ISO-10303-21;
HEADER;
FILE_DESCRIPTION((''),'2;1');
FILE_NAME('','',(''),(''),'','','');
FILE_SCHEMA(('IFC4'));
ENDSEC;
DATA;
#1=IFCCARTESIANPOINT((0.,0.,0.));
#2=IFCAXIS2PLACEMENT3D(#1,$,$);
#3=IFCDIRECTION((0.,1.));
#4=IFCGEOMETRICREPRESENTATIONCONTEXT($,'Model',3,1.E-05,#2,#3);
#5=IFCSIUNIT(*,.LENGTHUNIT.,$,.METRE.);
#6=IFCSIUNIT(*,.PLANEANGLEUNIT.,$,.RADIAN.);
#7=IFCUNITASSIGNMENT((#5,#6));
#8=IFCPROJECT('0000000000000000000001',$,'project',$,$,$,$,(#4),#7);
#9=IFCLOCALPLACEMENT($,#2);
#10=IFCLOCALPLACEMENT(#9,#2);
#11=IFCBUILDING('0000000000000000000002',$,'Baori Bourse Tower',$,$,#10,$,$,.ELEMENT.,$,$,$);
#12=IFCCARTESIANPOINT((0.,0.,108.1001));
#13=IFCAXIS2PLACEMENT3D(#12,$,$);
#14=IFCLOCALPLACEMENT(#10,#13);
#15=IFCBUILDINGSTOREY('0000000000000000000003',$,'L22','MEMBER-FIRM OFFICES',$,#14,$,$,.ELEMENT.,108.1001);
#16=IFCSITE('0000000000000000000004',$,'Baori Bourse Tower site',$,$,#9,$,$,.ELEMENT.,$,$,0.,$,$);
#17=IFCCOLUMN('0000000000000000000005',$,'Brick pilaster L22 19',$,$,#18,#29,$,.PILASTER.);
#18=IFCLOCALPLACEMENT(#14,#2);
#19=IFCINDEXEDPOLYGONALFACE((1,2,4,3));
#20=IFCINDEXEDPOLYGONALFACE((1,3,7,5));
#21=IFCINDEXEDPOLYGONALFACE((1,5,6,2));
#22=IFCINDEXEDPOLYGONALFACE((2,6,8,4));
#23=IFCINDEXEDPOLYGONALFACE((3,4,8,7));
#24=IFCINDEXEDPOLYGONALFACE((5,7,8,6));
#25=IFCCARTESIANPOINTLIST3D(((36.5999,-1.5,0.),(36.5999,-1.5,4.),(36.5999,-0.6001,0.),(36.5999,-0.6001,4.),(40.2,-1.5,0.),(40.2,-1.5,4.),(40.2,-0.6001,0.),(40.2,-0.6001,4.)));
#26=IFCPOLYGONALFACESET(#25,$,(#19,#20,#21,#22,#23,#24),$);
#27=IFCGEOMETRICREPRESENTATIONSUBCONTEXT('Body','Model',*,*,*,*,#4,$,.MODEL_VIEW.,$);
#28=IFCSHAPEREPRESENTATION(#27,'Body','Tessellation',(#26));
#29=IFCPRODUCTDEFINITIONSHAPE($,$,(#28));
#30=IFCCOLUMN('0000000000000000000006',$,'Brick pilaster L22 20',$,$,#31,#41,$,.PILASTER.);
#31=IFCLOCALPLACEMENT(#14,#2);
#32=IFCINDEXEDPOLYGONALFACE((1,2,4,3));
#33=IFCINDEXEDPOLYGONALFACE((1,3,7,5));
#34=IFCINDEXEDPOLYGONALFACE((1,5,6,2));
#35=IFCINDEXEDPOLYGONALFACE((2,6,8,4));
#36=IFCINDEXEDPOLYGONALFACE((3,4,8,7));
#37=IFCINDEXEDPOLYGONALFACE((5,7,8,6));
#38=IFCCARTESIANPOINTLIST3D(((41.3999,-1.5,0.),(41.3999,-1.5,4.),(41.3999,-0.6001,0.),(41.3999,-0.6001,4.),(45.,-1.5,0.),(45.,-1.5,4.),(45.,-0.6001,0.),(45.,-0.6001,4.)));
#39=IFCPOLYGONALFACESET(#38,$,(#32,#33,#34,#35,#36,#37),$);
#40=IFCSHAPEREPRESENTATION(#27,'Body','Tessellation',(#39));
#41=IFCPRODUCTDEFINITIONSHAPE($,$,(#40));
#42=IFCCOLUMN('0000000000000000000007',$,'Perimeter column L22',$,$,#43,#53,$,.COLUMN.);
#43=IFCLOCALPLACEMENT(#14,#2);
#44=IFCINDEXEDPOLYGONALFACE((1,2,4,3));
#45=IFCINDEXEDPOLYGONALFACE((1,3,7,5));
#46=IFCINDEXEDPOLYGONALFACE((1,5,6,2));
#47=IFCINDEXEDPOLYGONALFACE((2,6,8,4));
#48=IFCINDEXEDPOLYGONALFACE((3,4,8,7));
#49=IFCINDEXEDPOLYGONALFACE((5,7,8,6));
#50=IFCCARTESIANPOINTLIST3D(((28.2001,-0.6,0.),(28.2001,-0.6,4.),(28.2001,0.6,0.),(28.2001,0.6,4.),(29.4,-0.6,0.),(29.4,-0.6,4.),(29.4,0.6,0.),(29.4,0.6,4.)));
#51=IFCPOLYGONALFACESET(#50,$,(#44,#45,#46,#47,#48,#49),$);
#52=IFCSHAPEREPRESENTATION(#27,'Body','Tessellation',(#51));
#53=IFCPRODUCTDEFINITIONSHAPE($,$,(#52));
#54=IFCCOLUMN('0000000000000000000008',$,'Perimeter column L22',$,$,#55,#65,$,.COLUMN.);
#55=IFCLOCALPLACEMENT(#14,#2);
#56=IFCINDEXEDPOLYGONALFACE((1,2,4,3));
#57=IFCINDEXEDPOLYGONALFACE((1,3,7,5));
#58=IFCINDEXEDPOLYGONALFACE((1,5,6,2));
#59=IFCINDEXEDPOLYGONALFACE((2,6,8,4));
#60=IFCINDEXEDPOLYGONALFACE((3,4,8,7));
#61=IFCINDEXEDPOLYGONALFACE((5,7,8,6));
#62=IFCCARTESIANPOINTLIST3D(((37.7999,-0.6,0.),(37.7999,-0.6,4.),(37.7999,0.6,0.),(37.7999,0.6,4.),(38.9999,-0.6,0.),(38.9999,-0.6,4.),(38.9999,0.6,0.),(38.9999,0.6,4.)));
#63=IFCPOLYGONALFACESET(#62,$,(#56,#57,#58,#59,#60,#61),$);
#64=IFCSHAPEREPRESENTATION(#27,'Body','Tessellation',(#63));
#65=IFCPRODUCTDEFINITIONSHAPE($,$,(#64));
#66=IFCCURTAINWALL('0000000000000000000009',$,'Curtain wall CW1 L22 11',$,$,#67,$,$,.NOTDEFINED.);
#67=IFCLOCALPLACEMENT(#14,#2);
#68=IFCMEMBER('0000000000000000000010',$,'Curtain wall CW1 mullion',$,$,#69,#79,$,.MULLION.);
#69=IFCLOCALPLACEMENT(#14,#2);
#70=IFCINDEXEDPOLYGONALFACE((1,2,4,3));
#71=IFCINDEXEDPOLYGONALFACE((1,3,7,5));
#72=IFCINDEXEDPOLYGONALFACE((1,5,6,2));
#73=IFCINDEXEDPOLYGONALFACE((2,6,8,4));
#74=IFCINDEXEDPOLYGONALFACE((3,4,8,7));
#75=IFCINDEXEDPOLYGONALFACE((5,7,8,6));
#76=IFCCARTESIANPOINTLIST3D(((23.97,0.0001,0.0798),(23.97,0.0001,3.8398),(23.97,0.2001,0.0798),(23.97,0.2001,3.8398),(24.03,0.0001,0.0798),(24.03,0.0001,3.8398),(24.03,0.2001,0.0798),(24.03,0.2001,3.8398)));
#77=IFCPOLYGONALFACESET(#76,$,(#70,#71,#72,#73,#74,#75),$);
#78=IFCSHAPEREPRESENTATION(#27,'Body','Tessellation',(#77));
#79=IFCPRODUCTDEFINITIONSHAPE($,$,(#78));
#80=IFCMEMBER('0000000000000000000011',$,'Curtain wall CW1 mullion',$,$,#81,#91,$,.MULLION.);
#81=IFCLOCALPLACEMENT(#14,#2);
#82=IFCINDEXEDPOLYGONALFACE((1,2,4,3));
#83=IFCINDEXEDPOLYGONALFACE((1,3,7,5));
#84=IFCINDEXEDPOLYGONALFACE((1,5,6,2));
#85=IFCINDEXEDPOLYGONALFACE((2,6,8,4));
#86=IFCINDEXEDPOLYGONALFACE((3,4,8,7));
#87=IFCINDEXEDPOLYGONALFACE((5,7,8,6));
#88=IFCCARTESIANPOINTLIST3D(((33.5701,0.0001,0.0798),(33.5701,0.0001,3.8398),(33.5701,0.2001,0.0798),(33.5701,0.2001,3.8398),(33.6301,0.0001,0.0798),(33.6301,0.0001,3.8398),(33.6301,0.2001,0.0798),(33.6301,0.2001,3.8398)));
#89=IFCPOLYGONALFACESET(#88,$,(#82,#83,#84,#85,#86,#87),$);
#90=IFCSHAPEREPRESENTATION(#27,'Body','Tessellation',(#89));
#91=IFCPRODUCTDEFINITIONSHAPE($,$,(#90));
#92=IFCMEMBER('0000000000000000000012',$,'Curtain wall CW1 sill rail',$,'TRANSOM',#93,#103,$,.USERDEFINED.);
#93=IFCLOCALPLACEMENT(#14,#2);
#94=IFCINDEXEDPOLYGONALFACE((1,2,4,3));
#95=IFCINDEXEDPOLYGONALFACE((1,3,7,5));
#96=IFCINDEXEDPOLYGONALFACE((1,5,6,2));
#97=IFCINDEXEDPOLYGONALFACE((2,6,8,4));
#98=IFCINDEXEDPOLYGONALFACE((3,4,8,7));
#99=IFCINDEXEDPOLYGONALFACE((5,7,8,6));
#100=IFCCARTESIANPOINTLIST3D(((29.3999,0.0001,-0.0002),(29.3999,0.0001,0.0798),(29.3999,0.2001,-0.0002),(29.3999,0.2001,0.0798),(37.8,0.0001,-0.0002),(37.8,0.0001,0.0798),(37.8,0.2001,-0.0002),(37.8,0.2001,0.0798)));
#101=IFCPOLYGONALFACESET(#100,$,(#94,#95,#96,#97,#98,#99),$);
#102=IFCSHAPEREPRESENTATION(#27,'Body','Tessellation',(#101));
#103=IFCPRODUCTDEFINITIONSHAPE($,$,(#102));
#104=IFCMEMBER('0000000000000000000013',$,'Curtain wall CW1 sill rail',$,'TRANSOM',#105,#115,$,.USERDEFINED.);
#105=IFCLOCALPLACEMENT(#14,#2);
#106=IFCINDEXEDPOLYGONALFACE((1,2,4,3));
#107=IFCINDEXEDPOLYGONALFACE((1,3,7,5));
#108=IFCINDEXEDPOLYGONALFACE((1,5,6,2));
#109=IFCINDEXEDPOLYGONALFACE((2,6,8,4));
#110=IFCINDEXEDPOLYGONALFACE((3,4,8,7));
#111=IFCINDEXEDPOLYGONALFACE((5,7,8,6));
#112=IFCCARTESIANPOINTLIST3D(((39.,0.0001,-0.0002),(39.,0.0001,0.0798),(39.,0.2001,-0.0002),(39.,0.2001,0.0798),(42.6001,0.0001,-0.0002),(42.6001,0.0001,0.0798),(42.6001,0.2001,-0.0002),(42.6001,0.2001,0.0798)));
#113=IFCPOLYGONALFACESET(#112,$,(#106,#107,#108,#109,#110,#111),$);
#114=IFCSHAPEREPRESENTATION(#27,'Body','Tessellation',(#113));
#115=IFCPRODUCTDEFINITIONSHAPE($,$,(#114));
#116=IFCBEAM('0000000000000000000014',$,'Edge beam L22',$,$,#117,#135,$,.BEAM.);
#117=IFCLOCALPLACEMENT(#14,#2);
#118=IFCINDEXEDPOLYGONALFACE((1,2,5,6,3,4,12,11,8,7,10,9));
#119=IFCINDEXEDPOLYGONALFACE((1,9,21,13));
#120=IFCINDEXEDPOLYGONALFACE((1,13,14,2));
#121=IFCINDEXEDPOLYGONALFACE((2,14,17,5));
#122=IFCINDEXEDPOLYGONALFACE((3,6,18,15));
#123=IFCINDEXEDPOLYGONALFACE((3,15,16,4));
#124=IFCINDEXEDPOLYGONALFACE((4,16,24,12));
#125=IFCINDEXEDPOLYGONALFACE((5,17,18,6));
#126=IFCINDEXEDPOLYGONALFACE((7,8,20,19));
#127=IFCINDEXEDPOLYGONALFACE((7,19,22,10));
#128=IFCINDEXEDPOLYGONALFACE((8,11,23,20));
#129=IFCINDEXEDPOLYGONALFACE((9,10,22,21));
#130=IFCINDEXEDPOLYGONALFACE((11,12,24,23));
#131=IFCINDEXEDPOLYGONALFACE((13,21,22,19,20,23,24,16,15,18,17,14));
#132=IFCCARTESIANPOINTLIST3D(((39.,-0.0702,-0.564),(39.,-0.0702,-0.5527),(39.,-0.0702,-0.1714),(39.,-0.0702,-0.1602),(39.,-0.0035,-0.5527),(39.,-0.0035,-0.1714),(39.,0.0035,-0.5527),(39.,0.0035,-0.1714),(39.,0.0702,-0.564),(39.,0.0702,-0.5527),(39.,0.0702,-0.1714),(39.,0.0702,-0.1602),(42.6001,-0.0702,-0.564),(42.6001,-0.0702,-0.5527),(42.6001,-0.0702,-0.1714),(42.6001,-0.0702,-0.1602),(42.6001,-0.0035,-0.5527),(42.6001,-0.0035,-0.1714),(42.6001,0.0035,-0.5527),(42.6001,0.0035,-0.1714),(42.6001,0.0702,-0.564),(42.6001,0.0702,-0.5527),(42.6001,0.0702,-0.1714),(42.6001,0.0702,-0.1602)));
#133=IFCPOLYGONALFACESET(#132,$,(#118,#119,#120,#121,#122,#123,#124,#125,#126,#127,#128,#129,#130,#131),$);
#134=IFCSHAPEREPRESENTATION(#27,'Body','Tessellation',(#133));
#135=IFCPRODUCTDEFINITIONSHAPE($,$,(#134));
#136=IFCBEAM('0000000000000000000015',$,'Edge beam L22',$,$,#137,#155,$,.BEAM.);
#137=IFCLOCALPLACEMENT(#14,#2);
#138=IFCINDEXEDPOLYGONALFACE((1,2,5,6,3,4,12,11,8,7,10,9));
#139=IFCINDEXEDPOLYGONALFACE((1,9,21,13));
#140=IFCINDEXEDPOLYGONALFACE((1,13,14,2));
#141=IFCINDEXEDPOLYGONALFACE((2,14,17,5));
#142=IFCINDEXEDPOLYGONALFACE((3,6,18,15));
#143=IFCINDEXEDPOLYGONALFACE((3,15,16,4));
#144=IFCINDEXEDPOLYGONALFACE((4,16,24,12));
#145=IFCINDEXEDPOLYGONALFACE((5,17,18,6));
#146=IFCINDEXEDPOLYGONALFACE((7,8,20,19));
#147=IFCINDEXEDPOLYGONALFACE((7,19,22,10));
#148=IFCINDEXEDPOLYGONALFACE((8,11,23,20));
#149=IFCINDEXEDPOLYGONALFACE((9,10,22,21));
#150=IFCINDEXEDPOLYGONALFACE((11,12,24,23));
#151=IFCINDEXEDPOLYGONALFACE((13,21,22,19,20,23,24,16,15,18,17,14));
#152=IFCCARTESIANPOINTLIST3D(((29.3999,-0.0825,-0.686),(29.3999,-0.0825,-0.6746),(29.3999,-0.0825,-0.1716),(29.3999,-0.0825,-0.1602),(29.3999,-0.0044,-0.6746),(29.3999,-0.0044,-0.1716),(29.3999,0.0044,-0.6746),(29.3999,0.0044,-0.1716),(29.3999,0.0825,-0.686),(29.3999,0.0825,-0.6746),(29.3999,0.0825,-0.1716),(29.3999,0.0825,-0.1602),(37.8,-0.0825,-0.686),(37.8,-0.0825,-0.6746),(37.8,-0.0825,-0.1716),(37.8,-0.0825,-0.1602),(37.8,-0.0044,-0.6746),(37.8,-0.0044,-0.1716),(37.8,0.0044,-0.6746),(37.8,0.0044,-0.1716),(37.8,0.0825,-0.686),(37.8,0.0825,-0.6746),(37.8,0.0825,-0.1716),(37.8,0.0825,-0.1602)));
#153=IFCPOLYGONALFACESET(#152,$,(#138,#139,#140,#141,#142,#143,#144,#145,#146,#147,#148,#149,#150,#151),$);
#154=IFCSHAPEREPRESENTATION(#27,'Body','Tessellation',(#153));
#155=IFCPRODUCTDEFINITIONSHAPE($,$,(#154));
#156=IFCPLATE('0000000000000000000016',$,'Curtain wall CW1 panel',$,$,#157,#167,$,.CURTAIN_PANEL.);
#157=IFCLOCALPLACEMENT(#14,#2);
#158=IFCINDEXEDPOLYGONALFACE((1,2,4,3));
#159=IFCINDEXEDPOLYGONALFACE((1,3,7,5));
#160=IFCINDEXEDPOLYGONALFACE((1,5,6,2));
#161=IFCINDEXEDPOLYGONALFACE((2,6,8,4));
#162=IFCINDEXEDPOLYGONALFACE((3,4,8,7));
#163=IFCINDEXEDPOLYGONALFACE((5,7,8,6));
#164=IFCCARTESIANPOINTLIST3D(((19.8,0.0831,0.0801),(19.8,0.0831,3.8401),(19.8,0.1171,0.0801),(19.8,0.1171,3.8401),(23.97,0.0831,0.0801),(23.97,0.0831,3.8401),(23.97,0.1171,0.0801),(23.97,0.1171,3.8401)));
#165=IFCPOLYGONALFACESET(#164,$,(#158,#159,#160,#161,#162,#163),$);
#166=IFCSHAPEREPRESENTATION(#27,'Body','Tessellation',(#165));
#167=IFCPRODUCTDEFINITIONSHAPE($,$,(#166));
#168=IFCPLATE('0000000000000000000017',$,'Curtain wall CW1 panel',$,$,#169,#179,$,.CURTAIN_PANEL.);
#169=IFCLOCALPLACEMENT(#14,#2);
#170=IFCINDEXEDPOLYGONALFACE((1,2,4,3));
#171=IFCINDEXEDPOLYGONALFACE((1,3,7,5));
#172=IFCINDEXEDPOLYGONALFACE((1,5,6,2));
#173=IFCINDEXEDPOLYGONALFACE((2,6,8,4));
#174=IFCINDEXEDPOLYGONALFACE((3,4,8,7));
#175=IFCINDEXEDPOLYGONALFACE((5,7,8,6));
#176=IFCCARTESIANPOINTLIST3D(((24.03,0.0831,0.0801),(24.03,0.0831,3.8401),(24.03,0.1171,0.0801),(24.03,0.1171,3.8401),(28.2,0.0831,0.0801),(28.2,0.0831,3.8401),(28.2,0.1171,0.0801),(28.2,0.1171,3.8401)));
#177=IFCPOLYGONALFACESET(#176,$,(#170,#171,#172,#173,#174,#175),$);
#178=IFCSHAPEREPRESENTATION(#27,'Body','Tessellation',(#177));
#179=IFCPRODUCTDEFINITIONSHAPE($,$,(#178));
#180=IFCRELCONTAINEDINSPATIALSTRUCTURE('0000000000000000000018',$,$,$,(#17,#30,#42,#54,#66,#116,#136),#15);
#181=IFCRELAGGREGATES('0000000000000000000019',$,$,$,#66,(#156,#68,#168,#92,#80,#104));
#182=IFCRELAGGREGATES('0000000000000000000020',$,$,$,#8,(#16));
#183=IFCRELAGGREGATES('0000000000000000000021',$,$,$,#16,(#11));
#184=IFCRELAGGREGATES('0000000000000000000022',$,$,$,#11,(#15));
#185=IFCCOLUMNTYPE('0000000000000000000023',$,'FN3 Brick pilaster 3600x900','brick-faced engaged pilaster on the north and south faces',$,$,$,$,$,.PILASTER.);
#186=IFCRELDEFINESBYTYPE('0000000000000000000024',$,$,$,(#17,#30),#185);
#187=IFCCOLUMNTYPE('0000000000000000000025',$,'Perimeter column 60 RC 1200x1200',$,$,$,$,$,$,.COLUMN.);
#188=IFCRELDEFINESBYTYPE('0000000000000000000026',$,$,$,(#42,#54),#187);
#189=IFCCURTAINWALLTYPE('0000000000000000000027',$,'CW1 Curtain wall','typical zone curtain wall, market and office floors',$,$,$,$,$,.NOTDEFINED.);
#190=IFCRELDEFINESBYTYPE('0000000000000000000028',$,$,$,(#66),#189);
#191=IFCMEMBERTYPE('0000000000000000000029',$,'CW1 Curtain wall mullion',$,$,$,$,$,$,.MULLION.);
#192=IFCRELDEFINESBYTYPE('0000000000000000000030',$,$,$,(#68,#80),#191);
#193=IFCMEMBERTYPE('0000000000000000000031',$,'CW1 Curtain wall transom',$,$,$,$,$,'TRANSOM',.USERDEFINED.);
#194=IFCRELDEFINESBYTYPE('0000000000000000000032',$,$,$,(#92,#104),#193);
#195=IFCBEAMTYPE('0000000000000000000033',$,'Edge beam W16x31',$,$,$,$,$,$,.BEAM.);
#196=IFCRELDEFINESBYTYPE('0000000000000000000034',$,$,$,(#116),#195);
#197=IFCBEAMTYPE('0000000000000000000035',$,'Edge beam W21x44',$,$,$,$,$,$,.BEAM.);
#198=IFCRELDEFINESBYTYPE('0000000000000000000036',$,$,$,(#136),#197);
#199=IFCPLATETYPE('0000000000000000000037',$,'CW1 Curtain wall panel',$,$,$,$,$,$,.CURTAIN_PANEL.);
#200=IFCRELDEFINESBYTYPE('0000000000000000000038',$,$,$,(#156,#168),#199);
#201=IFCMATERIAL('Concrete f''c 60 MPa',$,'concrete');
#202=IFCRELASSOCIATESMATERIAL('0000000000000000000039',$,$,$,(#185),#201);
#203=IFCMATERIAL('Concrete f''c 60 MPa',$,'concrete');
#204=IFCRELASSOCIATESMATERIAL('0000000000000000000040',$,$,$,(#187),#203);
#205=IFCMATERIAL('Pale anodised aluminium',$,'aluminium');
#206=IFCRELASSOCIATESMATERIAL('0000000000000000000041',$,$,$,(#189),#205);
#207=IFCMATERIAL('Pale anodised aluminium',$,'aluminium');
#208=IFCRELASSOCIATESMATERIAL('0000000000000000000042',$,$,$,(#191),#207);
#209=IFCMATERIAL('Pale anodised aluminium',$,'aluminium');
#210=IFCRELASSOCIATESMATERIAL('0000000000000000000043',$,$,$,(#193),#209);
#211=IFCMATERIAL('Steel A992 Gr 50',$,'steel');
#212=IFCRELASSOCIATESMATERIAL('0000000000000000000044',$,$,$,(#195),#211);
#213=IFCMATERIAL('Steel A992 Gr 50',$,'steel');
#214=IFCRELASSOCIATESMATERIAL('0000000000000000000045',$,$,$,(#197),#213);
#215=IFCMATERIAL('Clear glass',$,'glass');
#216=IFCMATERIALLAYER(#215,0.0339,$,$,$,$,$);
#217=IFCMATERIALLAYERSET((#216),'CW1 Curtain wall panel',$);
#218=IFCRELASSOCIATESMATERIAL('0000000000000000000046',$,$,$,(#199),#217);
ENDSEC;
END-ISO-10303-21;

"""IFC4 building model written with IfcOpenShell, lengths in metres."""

from ifc_helpers import new_model, si_unit, direction, frame, origin, origin_2d, place, context, subcontext, project, spatial, rectangle, i_section, extrude, material, layer, layer_set, material_profile, profile_set, type_object, element, aggregate, save


model = new_model("IFC4")

# Units and contexts
model_context = context("Model", 3, precision=1e-05, world=origin(), true_north=direction((0.0, 1.0)))
body_context = subcontext(model_context, "Body", "Model", "MODEL_VIEW")
ifc_project = project(units=[si_unit("LENGTHUNIT", "METRE"), si_unit("PLANEANGLEUNIT", "RADIAN")], contexts=[model_context])

# Site, building, storey
site_placement = place(None, origin())
site = spatial("IfcSite", under=ifc_project, at=site_placement, Name="Baori Bourse Tower site", CompositionType="ELEMENT", RefElevation=0.0)
building_placement = place(site_placement, origin())
building = spatial("IfcBuilding", under=site, at=building_placement, Name="Baori Bourse Tower", CompositionType="ELEMENT")
storey_placement = place(building_placement, frame((0.0, 0.0, 108.1001)))
storey = spatial("IfcBuildingStorey", under=building, at=storey_placement, Name="L22", Description="MEMBER-FIRM OFFICES", CompositionType="ELEMENT", Elevation=108.1001)

# Columns
ifc_material_1 = material(Name="Concrete f'c 60 MPa", Category="concrete")
ifc_material_profile_1 = material_profile(ifc_material_1, rectangle(XDim=3.6001, YDim=0.8999, at=origin_2d()), Name="RC 3600x900")
ifc_profile_set_1 = profile_set([ifc_material_profile_1], Name="Concrete f'c 60 MPa")
column_type_1 = type_object("IfcColumnType", Name="FN3 Brick pilaster 3600x900", Description="brick-faced engaged pilaster on the north and south faces", PredefinedType="PILASTER", material=ifc_profile_set_1)
for number, where, z_axis, x_axis, name in (
    (1, (38.3999, -1.05, 0.0), (0.0, 0.0, 1.0), (1.0, 0.0, 0.0), "Brick pilaster L22 19"),
    (2, (43.2, -1.05, 0.0), (0.0, 0.0, 1.0), (1.0, 0.0, 0.0), "Brick pilaster L22 20"),
):
    element("IfcColumn", number, at=place(storey_placement, frame(where, z_axis=z_axis, x_axis=x_axis)), inside=storey, type_object=column_type_1, Name=name, PredefinedType="PILASTER", context=body_context, shape_type="SweptSolid", body=[
        extrude(rectangle(XDim=3.6001, YDim=0.8999, at=origin_2d()), origin(), (0.0, 0.0, 1.0), 4.0),
    ])
ifc_material_2 = material(Name="Concrete f'c 60 MPa", Category="concrete")
ifc_material_profile_2 = material_profile(ifc_material_2, rectangle(XDim=1.2, YDim=1.2, at=origin_2d()), Name="RC 1200x1200")
ifc_profile_set_2 = profile_set([ifc_material_profile_2], Name="Concrete f'c 60 MPa")
column_type_2 = type_object("IfcColumnType", Name="Perimeter column 60 RC 1200x1200", PredefinedType="COLUMN", material=ifc_profile_set_2)
for number, where, z_axis, x_axis, name in (
    (3, (28.8, 0.0, 0.0), (0.0, 0.0, 1.0), (1.0, 0.0, 0.0), "Perimeter column L22"),
    (4, (38.3999, 0.0, 0.0), (0.0, 0.0, 1.0), (1.0, 0.0, 0.0), "Perimeter column L22"),
):
    element("IfcColumn", number, at=place(storey_placement, frame(where, z_axis=z_axis, x_axis=x_axis)), inside=storey, type_object=column_type_2, Name=name, PredefinedType="COLUMN", context=body_context, shape_type="SweptSolid", body=[
        extrude(rectangle(XDim=1.2, YDim=1.2, at=origin_2d()), origin(), (0.0, 0.0, 1.0), 4.0),
    ])

# Curtain wall, members
ifc_material_3 = material(Name="Pale anodised aluminium", Category="aluminium")
curtain_wall_type = type_object("IfcCurtainWallType", Name="CW1 Curtain wall", Description="typical zone curtain wall, market and office floors", PredefinedType="NOTDEFINED", material=ifc_material_3)
curtain_wall_placement = place(storey_placement, origin())
curtain_wall = element("IfcCurtainWall", 5, at=curtain_wall_placement, inside=storey, type_object=curtain_wall_type, Name="Curtain wall CW1 L22 11", PredefinedType="NOTDEFINED")
ifc_material_4 = material(Name="Pale anodised aluminium", Category="aluminium")
ifc_material_profile_3 = material_profile(ifc_material_4, rectangle(XDim=0.2, YDim=0.0601, at=origin_2d()), Name="Mullion 60x200")
ifc_profile_set_3 = profile_set([ifc_material_profile_3], Name="Pale anodised aluminium")
member_type_1 = type_object("IfcMemberType", Name="CW1 Curtain wall mullion", PredefinedType="MULLION", material=ifc_profile_set_3)
member_1_placement = place(storey_placement, frame((24.0, 0.1001, 0.0798), z_axis=(0.0, 0.0, 1.0), x_axis=(0.0, 1.0, 0.0)))
member_1 = element("IfcMember", 6, at=member_1_placement, type_object=member_type_1, Name="Curtain wall CW1 mullion", PredefinedType="MULLION", context=body_context, shape_type="SweptSolid", body=[
    extrude(rectangle(XDim=0.2, YDim=0.0601, at=origin_2d()), origin(), (0.0, 0.0, 1.0), 3.76),
])
member_2_placement = place(storey_placement, frame((33.6001, 0.1001, 0.0798), z_axis=(0.0, 0.0, 1.0), x_axis=(0.0, 1.0, 0.0)))
member_2 = element("IfcMember", 7, at=member_2_placement, type_object=member_type_1, Name="Curtain wall CW1 mullion", PredefinedType="MULLION", context=body_context, shape_type="SweptSolid", body=[
    extrude(rectangle(XDim=0.2, YDim=0.0601, at=origin_2d()), origin(), (0.0, 0.0, 1.0), 3.76),
])
ifc_material_5 = material(Name="Pale anodised aluminium", Category="aluminium")
ifc_material_profile_4 = material_profile(ifc_material_5, rectangle(XDim=0.2, YDim=0.0801, at=origin_2d()), Name="Transom 80x200")
ifc_profile_set_4 = profile_set([ifc_material_profile_4], Name="Pale anodised aluminium")
member_type_2 = type_object("IfcMemberType", Name="CW1 Curtain wall transom", ElementType="TRANSOM", PredefinedType="USERDEFINED", material=ifc_profile_set_4)
member_3_placement = place(storey_placement, frame((29.3999, 0.1001, 0.0398), z_axis=(1.0, 0.0, 0.0), x_axis=(0.0, 1.0, 0.0)))
member_3 = element("IfcMember", 8, at=member_3_placement, type_object=member_type_2, Name="Curtain wall CW1 sill rail", ObjectType="TRANSOM", PredefinedType="USERDEFINED", context=body_context, shape_type="SweptSolid", body=[
    extrude(rectangle(XDim=0.2, YDim=0.0801, at=origin_2d()), origin(), (0.0, 0.0, 1.0), 8.4001),
])
member_4_placement = place(storey_placement, frame((39.0, 0.1001, 0.0398), z_axis=(1.0, 0.0, 0.0), x_axis=(0.0, 1.0, 0.0)))
member_4 = element("IfcMember", 9, at=member_4_placement, type_object=member_type_2, Name="Curtain wall CW1 sill rail", ObjectType="TRANSOM", PredefinedType="USERDEFINED", context=body_context, shape_type="SweptSolid", body=[
    extrude(rectangle(XDim=0.2, YDim=0.0801, at=origin_2d()), origin(), (0.0, 0.0, 1.0), 3.6001),
])

# Beams
ifc_material_6 = material(Name="Steel A992 Gr 50", Category="steel")
ifc_material_profile_5 = material_profile(ifc_material_6, i_section(OverallWidth=0.1404, OverallDepth=0.4038, WebThickness=0.0071, FlangeThickness=0.0112, at=origin_2d()), Name="W16x31")
ifc_profile_set_5 = profile_set([ifc_material_profile_5], Name="Steel A992 Gr 50")
beam_type_1 = type_object("IfcBeamType", Name="Edge beam W16x31", PredefinedType="BEAM", material=ifc_profile_set_5)
beam_1_placement = place(storey_placement, frame((39.0, 0.0, -0.3621), z_axis=(1.0, 0.0, 0.0), x_axis=(0.0, 1.0, 0.0)))
element("IfcBeam", 10, at=beam_1_placement, inside=storey, type_object=beam_type_1, Name="Edge beam L22", PredefinedType="BEAM", context=body_context, shape_type="SweptSolid", body=[
    extrude(i_section(OverallWidth=0.1404, OverallDepth=0.4038, WebThickness=0.0071, FlangeThickness=0.0112, at=origin_2d()), origin(), (0.0, 0.0, 1.0), 3.6001),
])
ifc_material_7 = material(Name="Steel A992 Gr 50", Category="steel")
ifc_material_profile_6 = material_profile(ifc_material_7, i_section(OverallWidth=0.165, OverallDepth=0.5259, WebThickness=0.0088, FlangeThickness=0.0115, at=origin_2d()), Name="W21x44")
ifc_profile_set_6 = profile_set([ifc_material_profile_6], Name="Steel A992 Gr 50")
beam_type_2 = type_object("IfcBeamType", Name="Edge beam W21x44", PredefinedType="BEAM", material=ifc_profile_set_6)
beam_2_placement = place(storey_placement, frame((29.3999, 0.0, -0.4231), z_axis=(1.0, 0.0, 0.0), x_axis=(0.0, 1.0, 0.0)))
element("IfcBeam", 11, at=beam_2_placement, inside=storey, type_object=beam_type_2, Name="Edge beam L22", PredefinedType="BEAM", context=body_context, shape_type="SweptSolid", body=[
    extrude(i_section(OverallWidth=0.165, OverallDepth=0.5259, WebThickness=0.0088, FlangeThickness=0.0115, at=origin_2d()), origin(), (0.0, 0.0, 1.0), 8.4001),
])

# Plates
ifc_material_8 = material(Name="Clear glass", Category="glass")
ifc_layer_1 = layer(ifc_material_8, 0.0339)
ifc_layer_set_1 = layer_set([ifc_layer_1], Name="CW1 Curtain wall panel")
plate_type = type_object("IfcPlateType", Name="CW1 Curtain wall panel", PredefinedType="CURTAIN_PANEL", material=ifc_layer_set_1)
plate_1_placement = place(storey_placement, frame((21.885, 0.1001, 0.0801), z_axis=(0.0, 0.0, 1.0), x_axis=(1.0, 0.0, 0.0)))
plate_1 = element("IfcPlate", 12, at=plate_1_placement, type_object=plate_type, Name="Curtain wall CW1 panel", PredefinedType="CURTAIN_PANEL", context=body_context, shape_type="SweptSolid", body=[
    extrude(rectangle(XDim=4.1699, YDim=0.0339, at=origin_2d()), origin(), (0.0, 0.0, 1.0), 3.76),
])
plate_2_placement = place(storey_placement, frame((26.115, 0.1001, 0.0801), z_axis=(0.0, 0.0, 1.0), x_axis=(1.0, 0.0, 0.0)))
plate_2 = element("IfcPlate", 13, at=plate_2_placement, type_object=plate_type, Name="Curtain wall CW1 panel", PredefinedType="CURTAIN_PANEL", context=body_context, shape_type="SweptSolid", body=[
    extrude(rectangle(XDim=4.1699, YDim=0.0339, at=origin_2d()), origin(), (0.0, 0.0, 1.0), 3.76),
])
aggregate(curtain_wall, [plate_1, member_1, plate_2, member_3, member_2, member_4])

save(model, "model.ifc")
